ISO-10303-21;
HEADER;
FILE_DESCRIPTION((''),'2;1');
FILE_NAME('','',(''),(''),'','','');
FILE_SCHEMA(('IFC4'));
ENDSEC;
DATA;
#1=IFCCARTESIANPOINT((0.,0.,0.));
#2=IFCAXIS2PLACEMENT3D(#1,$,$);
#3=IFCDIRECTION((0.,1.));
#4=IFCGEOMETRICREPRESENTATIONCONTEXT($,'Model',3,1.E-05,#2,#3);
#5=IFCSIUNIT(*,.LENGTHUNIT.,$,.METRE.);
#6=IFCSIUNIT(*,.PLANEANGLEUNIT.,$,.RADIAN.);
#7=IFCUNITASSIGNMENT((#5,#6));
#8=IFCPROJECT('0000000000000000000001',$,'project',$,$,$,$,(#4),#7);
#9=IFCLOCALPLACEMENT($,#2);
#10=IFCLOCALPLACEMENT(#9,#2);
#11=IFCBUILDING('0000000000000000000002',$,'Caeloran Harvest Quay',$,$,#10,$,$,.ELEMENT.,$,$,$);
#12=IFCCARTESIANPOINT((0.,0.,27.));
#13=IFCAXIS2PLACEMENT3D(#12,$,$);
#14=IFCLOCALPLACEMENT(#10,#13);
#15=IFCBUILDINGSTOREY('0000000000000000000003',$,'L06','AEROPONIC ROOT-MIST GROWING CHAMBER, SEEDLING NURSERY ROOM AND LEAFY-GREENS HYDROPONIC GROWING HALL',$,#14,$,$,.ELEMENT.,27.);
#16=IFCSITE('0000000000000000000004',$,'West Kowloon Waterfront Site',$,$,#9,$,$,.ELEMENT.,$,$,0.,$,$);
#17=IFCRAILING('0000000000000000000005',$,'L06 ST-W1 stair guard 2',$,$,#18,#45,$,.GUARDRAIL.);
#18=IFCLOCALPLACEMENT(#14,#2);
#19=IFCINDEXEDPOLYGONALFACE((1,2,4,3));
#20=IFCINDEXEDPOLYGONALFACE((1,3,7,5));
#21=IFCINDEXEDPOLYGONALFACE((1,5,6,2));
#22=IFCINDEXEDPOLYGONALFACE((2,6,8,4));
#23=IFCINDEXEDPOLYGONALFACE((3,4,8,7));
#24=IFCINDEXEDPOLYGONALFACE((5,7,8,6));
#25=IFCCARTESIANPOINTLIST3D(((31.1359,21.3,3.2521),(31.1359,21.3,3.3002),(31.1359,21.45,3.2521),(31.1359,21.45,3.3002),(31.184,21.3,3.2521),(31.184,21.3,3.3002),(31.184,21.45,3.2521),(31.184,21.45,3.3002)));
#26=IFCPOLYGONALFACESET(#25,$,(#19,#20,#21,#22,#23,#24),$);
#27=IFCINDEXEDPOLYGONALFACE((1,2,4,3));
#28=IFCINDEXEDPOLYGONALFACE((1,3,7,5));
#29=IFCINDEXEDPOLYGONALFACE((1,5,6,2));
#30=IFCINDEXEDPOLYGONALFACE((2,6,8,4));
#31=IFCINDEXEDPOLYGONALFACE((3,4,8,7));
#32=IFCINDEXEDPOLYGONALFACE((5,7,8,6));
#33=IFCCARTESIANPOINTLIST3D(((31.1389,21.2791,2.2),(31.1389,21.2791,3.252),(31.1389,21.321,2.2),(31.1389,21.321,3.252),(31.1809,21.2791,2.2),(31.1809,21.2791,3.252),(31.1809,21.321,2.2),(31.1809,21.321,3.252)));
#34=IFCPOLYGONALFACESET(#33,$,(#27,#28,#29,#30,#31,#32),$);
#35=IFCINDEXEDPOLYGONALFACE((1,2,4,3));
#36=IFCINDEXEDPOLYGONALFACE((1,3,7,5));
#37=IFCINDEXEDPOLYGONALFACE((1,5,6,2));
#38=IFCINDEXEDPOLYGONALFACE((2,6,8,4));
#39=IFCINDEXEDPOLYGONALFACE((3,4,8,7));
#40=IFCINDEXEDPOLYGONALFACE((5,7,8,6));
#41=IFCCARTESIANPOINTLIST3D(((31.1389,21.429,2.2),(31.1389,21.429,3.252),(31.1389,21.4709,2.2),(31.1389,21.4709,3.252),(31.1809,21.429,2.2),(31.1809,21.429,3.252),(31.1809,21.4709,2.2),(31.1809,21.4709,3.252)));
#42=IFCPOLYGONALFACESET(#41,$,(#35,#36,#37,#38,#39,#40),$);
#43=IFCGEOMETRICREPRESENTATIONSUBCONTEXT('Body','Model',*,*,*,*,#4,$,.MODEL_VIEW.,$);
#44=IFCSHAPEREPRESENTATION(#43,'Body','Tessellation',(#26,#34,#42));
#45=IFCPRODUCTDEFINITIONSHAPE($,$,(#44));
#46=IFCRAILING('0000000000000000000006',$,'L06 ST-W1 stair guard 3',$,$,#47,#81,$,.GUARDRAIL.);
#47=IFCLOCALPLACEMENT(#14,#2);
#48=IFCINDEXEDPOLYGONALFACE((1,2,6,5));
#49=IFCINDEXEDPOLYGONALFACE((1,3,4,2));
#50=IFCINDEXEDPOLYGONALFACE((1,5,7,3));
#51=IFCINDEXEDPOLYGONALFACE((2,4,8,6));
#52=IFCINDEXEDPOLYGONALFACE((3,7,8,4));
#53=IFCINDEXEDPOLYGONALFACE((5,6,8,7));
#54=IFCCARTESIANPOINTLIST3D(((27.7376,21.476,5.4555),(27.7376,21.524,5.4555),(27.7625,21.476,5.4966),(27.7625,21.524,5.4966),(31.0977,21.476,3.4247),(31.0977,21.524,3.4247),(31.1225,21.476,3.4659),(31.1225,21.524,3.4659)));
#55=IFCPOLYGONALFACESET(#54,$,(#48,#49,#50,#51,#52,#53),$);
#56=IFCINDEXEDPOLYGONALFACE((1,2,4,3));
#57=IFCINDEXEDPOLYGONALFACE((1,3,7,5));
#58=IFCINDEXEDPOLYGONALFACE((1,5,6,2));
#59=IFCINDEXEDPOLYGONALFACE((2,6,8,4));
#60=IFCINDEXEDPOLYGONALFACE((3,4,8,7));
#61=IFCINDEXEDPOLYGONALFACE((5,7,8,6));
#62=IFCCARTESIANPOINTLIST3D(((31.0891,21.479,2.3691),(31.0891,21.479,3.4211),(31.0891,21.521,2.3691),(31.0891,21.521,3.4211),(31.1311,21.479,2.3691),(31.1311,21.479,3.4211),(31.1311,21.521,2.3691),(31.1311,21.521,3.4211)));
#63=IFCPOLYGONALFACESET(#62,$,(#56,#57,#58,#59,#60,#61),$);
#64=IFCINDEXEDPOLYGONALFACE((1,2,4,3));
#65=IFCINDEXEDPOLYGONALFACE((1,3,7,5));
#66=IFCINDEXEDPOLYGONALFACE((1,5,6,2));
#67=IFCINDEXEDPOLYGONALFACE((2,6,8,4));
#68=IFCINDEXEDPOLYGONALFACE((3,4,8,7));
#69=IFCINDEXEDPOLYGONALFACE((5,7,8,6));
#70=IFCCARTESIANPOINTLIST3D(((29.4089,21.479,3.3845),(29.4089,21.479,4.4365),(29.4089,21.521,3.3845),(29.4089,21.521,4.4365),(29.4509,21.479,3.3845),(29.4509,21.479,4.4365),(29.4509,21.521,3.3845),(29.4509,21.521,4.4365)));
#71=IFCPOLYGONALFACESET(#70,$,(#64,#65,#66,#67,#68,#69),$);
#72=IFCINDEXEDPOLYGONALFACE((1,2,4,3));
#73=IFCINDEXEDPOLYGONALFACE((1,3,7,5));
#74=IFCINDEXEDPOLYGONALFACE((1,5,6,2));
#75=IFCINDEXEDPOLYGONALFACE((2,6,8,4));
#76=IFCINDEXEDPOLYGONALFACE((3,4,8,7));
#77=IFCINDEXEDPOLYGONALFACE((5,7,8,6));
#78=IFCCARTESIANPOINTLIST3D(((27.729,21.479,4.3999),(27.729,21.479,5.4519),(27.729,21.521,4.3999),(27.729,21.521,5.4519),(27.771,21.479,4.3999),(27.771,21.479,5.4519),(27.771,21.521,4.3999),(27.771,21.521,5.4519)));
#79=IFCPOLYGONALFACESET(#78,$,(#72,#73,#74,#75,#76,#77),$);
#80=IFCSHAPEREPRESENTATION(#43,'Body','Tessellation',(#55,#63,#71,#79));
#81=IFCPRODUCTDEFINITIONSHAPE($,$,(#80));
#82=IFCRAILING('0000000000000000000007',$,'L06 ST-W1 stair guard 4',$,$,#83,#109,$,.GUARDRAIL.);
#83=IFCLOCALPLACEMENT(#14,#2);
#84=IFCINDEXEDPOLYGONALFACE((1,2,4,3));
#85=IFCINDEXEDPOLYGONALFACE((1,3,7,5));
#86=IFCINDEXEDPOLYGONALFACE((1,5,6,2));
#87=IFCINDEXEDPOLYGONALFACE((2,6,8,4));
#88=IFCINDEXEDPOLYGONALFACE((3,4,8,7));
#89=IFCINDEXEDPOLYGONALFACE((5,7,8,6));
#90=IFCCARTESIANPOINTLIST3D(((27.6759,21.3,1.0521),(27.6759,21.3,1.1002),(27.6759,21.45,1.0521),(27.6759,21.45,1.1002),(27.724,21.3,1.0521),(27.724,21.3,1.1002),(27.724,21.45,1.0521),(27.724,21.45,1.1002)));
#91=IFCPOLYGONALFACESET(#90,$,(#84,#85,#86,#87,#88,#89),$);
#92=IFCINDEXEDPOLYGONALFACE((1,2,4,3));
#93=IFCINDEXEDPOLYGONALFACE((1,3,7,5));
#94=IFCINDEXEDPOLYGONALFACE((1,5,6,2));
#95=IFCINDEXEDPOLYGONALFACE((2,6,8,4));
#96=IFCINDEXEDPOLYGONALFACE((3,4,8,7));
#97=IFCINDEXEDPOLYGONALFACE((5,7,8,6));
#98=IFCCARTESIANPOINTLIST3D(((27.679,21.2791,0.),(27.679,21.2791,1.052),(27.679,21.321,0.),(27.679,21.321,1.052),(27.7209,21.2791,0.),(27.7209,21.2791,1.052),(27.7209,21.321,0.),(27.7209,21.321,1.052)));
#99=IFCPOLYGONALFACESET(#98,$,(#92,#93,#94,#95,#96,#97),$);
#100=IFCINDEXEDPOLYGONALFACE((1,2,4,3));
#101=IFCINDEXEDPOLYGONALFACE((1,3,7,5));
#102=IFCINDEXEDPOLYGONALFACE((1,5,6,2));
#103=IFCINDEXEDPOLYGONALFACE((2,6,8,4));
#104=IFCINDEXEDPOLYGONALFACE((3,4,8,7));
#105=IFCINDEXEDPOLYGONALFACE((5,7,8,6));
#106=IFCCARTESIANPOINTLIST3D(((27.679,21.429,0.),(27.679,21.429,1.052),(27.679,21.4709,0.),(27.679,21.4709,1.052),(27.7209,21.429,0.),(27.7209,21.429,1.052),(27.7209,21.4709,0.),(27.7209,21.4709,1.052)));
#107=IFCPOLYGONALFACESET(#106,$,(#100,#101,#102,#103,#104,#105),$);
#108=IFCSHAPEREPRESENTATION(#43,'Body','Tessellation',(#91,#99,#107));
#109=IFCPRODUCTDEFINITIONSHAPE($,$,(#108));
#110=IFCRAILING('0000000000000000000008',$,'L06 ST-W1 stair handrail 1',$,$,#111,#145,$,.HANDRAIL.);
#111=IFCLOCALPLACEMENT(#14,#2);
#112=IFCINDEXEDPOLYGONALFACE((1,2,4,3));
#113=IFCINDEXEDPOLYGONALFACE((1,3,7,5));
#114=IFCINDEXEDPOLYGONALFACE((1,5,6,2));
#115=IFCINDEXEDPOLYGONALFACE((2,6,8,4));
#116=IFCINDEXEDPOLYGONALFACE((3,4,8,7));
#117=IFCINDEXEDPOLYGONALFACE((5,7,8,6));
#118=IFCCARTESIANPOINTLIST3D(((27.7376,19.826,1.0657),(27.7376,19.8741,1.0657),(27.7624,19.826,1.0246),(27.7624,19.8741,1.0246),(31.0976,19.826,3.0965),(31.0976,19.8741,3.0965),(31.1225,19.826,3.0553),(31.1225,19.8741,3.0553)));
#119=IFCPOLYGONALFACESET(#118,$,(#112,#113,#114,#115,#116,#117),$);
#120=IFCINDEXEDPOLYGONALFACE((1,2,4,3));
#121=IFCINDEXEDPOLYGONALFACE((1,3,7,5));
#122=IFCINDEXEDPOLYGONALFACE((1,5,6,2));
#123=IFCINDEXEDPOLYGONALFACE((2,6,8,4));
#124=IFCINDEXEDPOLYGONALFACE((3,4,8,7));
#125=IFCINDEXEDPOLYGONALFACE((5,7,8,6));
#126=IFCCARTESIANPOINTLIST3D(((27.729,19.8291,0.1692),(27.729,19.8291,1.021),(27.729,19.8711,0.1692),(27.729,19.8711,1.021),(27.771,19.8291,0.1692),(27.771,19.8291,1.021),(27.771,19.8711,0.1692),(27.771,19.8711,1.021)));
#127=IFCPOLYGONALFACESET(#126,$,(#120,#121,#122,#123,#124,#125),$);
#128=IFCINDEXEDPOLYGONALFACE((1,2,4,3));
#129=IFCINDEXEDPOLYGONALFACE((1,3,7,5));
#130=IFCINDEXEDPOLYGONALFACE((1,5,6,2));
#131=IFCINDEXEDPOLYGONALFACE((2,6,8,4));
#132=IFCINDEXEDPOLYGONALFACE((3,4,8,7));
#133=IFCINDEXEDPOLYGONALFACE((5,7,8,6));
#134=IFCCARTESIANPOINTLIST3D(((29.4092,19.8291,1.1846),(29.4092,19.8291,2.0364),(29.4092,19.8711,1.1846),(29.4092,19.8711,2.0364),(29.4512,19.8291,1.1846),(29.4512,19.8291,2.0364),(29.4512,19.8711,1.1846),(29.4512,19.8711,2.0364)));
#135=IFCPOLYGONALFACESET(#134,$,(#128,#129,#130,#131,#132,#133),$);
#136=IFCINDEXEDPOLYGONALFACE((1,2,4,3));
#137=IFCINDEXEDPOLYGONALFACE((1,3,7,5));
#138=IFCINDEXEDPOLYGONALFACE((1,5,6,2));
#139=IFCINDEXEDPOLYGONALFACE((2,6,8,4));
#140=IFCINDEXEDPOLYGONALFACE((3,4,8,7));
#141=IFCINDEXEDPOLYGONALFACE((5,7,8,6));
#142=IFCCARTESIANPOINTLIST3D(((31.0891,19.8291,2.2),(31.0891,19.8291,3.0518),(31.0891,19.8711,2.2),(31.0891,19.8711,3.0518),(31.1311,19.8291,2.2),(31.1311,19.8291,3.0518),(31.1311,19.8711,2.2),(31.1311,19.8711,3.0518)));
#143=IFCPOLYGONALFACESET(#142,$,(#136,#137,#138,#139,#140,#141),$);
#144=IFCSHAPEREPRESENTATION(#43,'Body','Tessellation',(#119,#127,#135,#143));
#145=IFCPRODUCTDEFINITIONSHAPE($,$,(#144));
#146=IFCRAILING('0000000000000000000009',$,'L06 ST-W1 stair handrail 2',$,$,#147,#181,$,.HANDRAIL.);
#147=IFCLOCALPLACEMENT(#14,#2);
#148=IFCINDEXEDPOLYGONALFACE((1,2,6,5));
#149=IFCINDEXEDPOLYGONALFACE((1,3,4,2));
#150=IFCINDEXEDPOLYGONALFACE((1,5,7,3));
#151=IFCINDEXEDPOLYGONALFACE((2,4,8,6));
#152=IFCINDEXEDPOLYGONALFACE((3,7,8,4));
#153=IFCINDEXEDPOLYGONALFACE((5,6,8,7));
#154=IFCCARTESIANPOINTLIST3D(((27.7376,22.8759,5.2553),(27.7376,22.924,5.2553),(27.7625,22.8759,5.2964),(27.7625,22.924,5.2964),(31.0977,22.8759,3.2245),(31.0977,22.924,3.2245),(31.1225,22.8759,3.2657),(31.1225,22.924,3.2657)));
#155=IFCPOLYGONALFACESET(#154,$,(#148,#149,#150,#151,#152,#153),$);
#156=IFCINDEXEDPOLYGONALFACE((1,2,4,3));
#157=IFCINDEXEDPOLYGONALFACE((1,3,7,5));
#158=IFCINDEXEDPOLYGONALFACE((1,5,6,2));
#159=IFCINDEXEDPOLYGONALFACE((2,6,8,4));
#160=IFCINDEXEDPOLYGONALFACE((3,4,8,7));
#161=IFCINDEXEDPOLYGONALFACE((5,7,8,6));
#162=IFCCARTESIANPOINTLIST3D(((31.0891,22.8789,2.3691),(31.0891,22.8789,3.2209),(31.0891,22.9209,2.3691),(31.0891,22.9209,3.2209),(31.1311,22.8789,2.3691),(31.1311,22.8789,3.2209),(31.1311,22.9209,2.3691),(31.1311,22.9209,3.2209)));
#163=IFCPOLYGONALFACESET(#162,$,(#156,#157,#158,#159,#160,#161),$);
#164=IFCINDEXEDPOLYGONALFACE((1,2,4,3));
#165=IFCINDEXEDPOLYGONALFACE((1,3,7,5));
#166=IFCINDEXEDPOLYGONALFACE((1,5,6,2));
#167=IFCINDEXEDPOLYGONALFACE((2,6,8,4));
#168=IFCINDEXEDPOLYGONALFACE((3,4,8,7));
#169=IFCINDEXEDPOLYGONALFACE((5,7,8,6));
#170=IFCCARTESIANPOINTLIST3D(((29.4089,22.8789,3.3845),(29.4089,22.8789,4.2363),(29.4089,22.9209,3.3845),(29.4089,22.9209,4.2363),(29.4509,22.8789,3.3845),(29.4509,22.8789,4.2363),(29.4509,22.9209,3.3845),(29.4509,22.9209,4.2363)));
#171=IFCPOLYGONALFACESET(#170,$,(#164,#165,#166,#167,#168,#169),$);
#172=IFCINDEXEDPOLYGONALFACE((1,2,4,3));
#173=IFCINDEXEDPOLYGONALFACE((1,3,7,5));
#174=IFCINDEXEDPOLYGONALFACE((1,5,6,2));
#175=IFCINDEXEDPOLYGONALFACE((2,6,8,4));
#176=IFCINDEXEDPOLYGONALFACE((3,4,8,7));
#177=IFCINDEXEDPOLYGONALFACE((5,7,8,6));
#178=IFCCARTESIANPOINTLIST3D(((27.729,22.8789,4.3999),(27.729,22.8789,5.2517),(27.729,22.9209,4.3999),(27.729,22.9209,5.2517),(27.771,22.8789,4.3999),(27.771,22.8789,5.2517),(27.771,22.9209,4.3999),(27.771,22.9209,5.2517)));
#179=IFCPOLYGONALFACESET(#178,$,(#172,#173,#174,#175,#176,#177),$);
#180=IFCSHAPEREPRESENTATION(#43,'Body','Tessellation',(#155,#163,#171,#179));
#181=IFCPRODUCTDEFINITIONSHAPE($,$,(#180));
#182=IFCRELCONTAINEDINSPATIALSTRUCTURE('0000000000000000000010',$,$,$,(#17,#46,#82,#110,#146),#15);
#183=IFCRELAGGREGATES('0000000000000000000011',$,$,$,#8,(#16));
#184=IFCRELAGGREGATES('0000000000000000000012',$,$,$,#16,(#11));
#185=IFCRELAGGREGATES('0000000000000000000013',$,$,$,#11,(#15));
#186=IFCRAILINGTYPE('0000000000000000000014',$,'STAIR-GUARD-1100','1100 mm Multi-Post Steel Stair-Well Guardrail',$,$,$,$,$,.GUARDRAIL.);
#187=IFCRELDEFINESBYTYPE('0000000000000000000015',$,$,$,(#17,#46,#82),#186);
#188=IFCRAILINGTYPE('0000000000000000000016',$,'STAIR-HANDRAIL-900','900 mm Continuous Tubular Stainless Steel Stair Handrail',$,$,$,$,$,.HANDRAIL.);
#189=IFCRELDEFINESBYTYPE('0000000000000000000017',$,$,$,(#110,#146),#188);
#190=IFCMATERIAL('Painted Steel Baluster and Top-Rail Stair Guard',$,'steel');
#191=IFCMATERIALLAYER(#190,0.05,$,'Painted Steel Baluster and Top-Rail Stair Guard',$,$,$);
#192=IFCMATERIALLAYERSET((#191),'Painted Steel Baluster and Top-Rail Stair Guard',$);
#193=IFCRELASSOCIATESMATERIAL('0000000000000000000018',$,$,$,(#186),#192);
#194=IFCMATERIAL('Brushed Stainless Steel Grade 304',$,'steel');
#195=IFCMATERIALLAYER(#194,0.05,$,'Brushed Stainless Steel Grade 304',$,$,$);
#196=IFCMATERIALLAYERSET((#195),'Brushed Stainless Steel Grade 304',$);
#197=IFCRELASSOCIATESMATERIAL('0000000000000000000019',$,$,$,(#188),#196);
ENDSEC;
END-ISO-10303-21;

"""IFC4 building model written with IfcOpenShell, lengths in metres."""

from ifc_helpers import new_model, si_unit, direction, frame, origin, origin_2d, place, context, subcontext, project, spatial, rectangle, extrude, material, layer, layer_set, type_object, element, save


model = new_model("IFC4")

# Units and contexts
model_context = context("Model", 3, precision=1e-05, world=origin(), true_north=direction((0.0, 1.0)))
body_context = subcontext(model_context, "Body", "Model", "MODEL_VIEW")
ifc_project = project(units=[si_unit("LENGTHUNIT", "METRE"), si_unit("PLANEANGLEUNIT", "RADIAN")], contexts=[model_context])

# Site, building, storey
site_placement = place(None, origin())
site = spatial("IfcSite", under=ifc_project, at=site_placement, Name="West Kowloon Waterfront Site", CompositionType="ELEMENT", RefElevation=0.0)
building_placement = place(site_placement, origin())
building = spatial("IfcBuilding", under=site, at=building_placement, Name="Caeloran Harvest Quay", CompositionType="ELEMENT")
storey_placement = place(building_placement, frame((0.0, 0.0, 27.0)))
storey = spatial("IfcBuildingStorey", under=building, at=storey_placement, Name="L06", Description="AEROPONIC ROOT-MIST GROWING CHAMBER, SEEDLING NURSERY ROOM AND LEAFY-GREENS HYDROPONIC GROWING HALL", CompositionType="ELEMENT", Elevation=27.0)

# Railings
ifc_material_1 = material(Name="Painted Steel Baluster and Top-Rail Stair Guard", Category="steel")
ifc_layer_1 = layer(ifc_material_1, 0.05, Name="Painted Steel Baluster and Top-Rail Stair Guard")
ifc_layer_set_1 = layer_set([ifc_layer_1], Name="Painted Steel Baluster and Top-Rail Stair Guard")
railing_type_1 = type_object("IfcRailingType", Name="STAIR-GUARD-1100", Description="1100 mm Multi-Post Steel Stair-Well Guardrail", PredefinedType="GUARDRAIL", material=ifc_layer_set_1)
railing_1_placement = place(storey_placement, frame((31.1599, 21.3, 2.2)))
element("IfcRailing", 1, at=railing_1_placement, inside=storey, type_object=railing_type_1, Name="L06 ST-W1 stair guard 2", PredefinedType="GUARDRAIL", context=body_context, shape_type="SweptSolid", body=[
    extrude(rectangle(XDim=0.0481, YDim=0.0481, at=origin_2d()), frame((0.0, 0.0, 1.0762), z_axis=(0.0, 1.0, 0.0), x_axis=(-1.0, 0.0, 0.0)), (0.0, 0.0, 1.0), 0.1499),
    extrude(rectangle(XDim=0.042, YDim=0.042, at=origin_2d()), origin(), (0.0, 0.0, 1.0), 1.052),
    extrude(rectangle(XDim=0.042, YDim=0.042, at=origin_2d()), frame((0.0, 0.1499, 0.0)), (0.0, 0.0, 1.0), 1.052),
])
railing_2_placement = place(storey_placement, frame((31.1101, 21.5, 2.3691)))
element("IfcRailing", 2, at=railing_2_placement, inside=storey, type_object=railing_type_1, Name="L06 ST-W1 stair guard 3", PredefinedType="GUARDRAIL", context=body_context, shape_type="SweptSolid", body=[
    extrude(rectangle(XDim=0.0481, YDim=0.0481, at=origin_2d()), frame((0.0, 0.0, 1.0762), z_axis=(-0.855837, 0.0, 0.517246), x_axis=(0.0, -1.0, 0.0)), (0.0, 0.0, 1.0), 3.926),
    extrude(rectangle(XDim=0.042, YDim=0.042, at=origin_2d()), origin(), (0.0, 0.0, 1.0), 1.052),
    extrude(rectangle(XDim=0.042, YDim=0.042, at=origin_2d()), frame((-1.6802, 0.0, 1.0154)), (0.0, 0.0, 1.0), 1.052),
    extrude(rectangle(XDim=0.042, YDim=0.042, at=origin_2d()), frame((-3.3601, 0.0, 2.0308)), (0.0, 0.0, 1.0), 1.052),
])
railing_3_placement = place(storey_placement, frame((27.7, 21.3, 0.0)))
element("IfcRailing", 3, at=railing_3_placement, inside=storey, type_object=railing_type_1, Name="L06 ST-W1 stair guard 4", PredefinedType="GUARDRAIL", context=body_context, shape_type="SweptSolid", body=[
    extrude(rectangle(XDim=0.0481, YDim=0.0481, at=origin_2d()), frame((0.0, 0.0, 1.0762), z_axis=(0.0, 1.0, 0.0), x_axis=(-1.0, 0.0, 0.0)), (0.0, 0.0, 1.0), 0.1499),
    extrude(rectangle(XDim=0.042, YDim=0.042, at=origin_2d()), origin(), (0.0, 0.0, 1.0), 1.052),
    extrude(rectangle(XDim=0.042, YDim=0.042, at=origin_2d()), frame((0.0, 0.1499, 0.0)), (0.0, 0.0, 1.0), 1.052),
])
ifc_material_2 = material(Name="Brushed Stainless Steel Grade 304", Category="steel")
ifc_layer_2 = layer(ifc_material_2, 0.05, Name="Brushed Stainless Steel Grade 304")
ifc_layer_set_2 = layer_set([ifc_layer_2], Name="Brushed Stainless Steel Grade 304")
railing_type_2 = type_object("IfcRailingType", Name="STAIR-HANDRAIL-900", Description="900 mm Continuous Tubular Stainless Steel Stair Handrail", PredefinedType="HANDRAIL", material=ifc_layer_set_2)
railing_4_placement = place(storey_placement, frame((27.75, 19.8501, 0.1692)))
element("IfcRailing", 4, at=railing_4_placement, inside=storey, type_object=railing_type_2, Name="L06 ST-W1 stair handrail 1", PredefinedType="HANDRAIL", context=body_context, shape_type="SweptSolid", body=[
    extrude(rectangle(XDim=0.0481, YDim=0.0481, at=origin_2d()), frame((0.0, 0.0, 0.876), z_axis=(0.855837, 0.0, 0.517246), x_axis=(0.0, 1.0, 0.0)), (0.0, 0.0, 1.0), 3.926),
    extrude(rectangle(XDim=0.042, YDim=0.042, at=origin_2d()), origin(), (0.0, 0.0, 1.0), 0.8518),
    extrude(rectangle(XDim=0.042, YDim=0.042, at=origin_2d()), frame((1.6802, 0.0, 1.0154)), (0.0, 0.0, 1.0), 0.8518),
    extrude(rectangle(XDim=0.042, YDim=0.042, at=origin_2d()), frame((3.3601, 0.0, 2.0308)), (0.0, 0.0, 1.0), 0.8518),
])
railing_5_placement = place(storey_placement, frame((31.1101, 22.8999, 2.3691)))
element("IfcRailing", 5, at=railing_5_placement, inside=storey, type_object=railing_type_2, Name="L06 ST-W1 stair handrail 2", PredefinedType="HANDRAIL", context=body_context, shape_type="SweptSolid", body=[
    extrude(rectangle(XDim=0.0481, YDim=0.0481, at=origin_2d()), frame((0.0, 0.0, 0.876), z_axis=(-0.855837, 0.0, 0.517246), x_axis=(0.0, -1.0, 0.0)), (0.0, 0.0, 1.0), 3.926),
    extrude(rectangle(XDim=0.042, YDim=0.042, at=origin_2d()), origin(), (0.0, 0.0, 1.0), 0.8518),
    extrude(rectangle(XDim=0.042, YDim=0.042, at=origin_2d()), frame((-1.6802, 0.0, 1.0154)), (0.0, 0.0, 1.0), 0.8518),
    extrude(rectangle(XDim=0.042, YDim=0.042, at=origin_2d()), frame((-3.3601, 0.0, 2.0308)), (0.0, 0.0, 1.0), 0.8518),
])

save(model, "model.ifc")
